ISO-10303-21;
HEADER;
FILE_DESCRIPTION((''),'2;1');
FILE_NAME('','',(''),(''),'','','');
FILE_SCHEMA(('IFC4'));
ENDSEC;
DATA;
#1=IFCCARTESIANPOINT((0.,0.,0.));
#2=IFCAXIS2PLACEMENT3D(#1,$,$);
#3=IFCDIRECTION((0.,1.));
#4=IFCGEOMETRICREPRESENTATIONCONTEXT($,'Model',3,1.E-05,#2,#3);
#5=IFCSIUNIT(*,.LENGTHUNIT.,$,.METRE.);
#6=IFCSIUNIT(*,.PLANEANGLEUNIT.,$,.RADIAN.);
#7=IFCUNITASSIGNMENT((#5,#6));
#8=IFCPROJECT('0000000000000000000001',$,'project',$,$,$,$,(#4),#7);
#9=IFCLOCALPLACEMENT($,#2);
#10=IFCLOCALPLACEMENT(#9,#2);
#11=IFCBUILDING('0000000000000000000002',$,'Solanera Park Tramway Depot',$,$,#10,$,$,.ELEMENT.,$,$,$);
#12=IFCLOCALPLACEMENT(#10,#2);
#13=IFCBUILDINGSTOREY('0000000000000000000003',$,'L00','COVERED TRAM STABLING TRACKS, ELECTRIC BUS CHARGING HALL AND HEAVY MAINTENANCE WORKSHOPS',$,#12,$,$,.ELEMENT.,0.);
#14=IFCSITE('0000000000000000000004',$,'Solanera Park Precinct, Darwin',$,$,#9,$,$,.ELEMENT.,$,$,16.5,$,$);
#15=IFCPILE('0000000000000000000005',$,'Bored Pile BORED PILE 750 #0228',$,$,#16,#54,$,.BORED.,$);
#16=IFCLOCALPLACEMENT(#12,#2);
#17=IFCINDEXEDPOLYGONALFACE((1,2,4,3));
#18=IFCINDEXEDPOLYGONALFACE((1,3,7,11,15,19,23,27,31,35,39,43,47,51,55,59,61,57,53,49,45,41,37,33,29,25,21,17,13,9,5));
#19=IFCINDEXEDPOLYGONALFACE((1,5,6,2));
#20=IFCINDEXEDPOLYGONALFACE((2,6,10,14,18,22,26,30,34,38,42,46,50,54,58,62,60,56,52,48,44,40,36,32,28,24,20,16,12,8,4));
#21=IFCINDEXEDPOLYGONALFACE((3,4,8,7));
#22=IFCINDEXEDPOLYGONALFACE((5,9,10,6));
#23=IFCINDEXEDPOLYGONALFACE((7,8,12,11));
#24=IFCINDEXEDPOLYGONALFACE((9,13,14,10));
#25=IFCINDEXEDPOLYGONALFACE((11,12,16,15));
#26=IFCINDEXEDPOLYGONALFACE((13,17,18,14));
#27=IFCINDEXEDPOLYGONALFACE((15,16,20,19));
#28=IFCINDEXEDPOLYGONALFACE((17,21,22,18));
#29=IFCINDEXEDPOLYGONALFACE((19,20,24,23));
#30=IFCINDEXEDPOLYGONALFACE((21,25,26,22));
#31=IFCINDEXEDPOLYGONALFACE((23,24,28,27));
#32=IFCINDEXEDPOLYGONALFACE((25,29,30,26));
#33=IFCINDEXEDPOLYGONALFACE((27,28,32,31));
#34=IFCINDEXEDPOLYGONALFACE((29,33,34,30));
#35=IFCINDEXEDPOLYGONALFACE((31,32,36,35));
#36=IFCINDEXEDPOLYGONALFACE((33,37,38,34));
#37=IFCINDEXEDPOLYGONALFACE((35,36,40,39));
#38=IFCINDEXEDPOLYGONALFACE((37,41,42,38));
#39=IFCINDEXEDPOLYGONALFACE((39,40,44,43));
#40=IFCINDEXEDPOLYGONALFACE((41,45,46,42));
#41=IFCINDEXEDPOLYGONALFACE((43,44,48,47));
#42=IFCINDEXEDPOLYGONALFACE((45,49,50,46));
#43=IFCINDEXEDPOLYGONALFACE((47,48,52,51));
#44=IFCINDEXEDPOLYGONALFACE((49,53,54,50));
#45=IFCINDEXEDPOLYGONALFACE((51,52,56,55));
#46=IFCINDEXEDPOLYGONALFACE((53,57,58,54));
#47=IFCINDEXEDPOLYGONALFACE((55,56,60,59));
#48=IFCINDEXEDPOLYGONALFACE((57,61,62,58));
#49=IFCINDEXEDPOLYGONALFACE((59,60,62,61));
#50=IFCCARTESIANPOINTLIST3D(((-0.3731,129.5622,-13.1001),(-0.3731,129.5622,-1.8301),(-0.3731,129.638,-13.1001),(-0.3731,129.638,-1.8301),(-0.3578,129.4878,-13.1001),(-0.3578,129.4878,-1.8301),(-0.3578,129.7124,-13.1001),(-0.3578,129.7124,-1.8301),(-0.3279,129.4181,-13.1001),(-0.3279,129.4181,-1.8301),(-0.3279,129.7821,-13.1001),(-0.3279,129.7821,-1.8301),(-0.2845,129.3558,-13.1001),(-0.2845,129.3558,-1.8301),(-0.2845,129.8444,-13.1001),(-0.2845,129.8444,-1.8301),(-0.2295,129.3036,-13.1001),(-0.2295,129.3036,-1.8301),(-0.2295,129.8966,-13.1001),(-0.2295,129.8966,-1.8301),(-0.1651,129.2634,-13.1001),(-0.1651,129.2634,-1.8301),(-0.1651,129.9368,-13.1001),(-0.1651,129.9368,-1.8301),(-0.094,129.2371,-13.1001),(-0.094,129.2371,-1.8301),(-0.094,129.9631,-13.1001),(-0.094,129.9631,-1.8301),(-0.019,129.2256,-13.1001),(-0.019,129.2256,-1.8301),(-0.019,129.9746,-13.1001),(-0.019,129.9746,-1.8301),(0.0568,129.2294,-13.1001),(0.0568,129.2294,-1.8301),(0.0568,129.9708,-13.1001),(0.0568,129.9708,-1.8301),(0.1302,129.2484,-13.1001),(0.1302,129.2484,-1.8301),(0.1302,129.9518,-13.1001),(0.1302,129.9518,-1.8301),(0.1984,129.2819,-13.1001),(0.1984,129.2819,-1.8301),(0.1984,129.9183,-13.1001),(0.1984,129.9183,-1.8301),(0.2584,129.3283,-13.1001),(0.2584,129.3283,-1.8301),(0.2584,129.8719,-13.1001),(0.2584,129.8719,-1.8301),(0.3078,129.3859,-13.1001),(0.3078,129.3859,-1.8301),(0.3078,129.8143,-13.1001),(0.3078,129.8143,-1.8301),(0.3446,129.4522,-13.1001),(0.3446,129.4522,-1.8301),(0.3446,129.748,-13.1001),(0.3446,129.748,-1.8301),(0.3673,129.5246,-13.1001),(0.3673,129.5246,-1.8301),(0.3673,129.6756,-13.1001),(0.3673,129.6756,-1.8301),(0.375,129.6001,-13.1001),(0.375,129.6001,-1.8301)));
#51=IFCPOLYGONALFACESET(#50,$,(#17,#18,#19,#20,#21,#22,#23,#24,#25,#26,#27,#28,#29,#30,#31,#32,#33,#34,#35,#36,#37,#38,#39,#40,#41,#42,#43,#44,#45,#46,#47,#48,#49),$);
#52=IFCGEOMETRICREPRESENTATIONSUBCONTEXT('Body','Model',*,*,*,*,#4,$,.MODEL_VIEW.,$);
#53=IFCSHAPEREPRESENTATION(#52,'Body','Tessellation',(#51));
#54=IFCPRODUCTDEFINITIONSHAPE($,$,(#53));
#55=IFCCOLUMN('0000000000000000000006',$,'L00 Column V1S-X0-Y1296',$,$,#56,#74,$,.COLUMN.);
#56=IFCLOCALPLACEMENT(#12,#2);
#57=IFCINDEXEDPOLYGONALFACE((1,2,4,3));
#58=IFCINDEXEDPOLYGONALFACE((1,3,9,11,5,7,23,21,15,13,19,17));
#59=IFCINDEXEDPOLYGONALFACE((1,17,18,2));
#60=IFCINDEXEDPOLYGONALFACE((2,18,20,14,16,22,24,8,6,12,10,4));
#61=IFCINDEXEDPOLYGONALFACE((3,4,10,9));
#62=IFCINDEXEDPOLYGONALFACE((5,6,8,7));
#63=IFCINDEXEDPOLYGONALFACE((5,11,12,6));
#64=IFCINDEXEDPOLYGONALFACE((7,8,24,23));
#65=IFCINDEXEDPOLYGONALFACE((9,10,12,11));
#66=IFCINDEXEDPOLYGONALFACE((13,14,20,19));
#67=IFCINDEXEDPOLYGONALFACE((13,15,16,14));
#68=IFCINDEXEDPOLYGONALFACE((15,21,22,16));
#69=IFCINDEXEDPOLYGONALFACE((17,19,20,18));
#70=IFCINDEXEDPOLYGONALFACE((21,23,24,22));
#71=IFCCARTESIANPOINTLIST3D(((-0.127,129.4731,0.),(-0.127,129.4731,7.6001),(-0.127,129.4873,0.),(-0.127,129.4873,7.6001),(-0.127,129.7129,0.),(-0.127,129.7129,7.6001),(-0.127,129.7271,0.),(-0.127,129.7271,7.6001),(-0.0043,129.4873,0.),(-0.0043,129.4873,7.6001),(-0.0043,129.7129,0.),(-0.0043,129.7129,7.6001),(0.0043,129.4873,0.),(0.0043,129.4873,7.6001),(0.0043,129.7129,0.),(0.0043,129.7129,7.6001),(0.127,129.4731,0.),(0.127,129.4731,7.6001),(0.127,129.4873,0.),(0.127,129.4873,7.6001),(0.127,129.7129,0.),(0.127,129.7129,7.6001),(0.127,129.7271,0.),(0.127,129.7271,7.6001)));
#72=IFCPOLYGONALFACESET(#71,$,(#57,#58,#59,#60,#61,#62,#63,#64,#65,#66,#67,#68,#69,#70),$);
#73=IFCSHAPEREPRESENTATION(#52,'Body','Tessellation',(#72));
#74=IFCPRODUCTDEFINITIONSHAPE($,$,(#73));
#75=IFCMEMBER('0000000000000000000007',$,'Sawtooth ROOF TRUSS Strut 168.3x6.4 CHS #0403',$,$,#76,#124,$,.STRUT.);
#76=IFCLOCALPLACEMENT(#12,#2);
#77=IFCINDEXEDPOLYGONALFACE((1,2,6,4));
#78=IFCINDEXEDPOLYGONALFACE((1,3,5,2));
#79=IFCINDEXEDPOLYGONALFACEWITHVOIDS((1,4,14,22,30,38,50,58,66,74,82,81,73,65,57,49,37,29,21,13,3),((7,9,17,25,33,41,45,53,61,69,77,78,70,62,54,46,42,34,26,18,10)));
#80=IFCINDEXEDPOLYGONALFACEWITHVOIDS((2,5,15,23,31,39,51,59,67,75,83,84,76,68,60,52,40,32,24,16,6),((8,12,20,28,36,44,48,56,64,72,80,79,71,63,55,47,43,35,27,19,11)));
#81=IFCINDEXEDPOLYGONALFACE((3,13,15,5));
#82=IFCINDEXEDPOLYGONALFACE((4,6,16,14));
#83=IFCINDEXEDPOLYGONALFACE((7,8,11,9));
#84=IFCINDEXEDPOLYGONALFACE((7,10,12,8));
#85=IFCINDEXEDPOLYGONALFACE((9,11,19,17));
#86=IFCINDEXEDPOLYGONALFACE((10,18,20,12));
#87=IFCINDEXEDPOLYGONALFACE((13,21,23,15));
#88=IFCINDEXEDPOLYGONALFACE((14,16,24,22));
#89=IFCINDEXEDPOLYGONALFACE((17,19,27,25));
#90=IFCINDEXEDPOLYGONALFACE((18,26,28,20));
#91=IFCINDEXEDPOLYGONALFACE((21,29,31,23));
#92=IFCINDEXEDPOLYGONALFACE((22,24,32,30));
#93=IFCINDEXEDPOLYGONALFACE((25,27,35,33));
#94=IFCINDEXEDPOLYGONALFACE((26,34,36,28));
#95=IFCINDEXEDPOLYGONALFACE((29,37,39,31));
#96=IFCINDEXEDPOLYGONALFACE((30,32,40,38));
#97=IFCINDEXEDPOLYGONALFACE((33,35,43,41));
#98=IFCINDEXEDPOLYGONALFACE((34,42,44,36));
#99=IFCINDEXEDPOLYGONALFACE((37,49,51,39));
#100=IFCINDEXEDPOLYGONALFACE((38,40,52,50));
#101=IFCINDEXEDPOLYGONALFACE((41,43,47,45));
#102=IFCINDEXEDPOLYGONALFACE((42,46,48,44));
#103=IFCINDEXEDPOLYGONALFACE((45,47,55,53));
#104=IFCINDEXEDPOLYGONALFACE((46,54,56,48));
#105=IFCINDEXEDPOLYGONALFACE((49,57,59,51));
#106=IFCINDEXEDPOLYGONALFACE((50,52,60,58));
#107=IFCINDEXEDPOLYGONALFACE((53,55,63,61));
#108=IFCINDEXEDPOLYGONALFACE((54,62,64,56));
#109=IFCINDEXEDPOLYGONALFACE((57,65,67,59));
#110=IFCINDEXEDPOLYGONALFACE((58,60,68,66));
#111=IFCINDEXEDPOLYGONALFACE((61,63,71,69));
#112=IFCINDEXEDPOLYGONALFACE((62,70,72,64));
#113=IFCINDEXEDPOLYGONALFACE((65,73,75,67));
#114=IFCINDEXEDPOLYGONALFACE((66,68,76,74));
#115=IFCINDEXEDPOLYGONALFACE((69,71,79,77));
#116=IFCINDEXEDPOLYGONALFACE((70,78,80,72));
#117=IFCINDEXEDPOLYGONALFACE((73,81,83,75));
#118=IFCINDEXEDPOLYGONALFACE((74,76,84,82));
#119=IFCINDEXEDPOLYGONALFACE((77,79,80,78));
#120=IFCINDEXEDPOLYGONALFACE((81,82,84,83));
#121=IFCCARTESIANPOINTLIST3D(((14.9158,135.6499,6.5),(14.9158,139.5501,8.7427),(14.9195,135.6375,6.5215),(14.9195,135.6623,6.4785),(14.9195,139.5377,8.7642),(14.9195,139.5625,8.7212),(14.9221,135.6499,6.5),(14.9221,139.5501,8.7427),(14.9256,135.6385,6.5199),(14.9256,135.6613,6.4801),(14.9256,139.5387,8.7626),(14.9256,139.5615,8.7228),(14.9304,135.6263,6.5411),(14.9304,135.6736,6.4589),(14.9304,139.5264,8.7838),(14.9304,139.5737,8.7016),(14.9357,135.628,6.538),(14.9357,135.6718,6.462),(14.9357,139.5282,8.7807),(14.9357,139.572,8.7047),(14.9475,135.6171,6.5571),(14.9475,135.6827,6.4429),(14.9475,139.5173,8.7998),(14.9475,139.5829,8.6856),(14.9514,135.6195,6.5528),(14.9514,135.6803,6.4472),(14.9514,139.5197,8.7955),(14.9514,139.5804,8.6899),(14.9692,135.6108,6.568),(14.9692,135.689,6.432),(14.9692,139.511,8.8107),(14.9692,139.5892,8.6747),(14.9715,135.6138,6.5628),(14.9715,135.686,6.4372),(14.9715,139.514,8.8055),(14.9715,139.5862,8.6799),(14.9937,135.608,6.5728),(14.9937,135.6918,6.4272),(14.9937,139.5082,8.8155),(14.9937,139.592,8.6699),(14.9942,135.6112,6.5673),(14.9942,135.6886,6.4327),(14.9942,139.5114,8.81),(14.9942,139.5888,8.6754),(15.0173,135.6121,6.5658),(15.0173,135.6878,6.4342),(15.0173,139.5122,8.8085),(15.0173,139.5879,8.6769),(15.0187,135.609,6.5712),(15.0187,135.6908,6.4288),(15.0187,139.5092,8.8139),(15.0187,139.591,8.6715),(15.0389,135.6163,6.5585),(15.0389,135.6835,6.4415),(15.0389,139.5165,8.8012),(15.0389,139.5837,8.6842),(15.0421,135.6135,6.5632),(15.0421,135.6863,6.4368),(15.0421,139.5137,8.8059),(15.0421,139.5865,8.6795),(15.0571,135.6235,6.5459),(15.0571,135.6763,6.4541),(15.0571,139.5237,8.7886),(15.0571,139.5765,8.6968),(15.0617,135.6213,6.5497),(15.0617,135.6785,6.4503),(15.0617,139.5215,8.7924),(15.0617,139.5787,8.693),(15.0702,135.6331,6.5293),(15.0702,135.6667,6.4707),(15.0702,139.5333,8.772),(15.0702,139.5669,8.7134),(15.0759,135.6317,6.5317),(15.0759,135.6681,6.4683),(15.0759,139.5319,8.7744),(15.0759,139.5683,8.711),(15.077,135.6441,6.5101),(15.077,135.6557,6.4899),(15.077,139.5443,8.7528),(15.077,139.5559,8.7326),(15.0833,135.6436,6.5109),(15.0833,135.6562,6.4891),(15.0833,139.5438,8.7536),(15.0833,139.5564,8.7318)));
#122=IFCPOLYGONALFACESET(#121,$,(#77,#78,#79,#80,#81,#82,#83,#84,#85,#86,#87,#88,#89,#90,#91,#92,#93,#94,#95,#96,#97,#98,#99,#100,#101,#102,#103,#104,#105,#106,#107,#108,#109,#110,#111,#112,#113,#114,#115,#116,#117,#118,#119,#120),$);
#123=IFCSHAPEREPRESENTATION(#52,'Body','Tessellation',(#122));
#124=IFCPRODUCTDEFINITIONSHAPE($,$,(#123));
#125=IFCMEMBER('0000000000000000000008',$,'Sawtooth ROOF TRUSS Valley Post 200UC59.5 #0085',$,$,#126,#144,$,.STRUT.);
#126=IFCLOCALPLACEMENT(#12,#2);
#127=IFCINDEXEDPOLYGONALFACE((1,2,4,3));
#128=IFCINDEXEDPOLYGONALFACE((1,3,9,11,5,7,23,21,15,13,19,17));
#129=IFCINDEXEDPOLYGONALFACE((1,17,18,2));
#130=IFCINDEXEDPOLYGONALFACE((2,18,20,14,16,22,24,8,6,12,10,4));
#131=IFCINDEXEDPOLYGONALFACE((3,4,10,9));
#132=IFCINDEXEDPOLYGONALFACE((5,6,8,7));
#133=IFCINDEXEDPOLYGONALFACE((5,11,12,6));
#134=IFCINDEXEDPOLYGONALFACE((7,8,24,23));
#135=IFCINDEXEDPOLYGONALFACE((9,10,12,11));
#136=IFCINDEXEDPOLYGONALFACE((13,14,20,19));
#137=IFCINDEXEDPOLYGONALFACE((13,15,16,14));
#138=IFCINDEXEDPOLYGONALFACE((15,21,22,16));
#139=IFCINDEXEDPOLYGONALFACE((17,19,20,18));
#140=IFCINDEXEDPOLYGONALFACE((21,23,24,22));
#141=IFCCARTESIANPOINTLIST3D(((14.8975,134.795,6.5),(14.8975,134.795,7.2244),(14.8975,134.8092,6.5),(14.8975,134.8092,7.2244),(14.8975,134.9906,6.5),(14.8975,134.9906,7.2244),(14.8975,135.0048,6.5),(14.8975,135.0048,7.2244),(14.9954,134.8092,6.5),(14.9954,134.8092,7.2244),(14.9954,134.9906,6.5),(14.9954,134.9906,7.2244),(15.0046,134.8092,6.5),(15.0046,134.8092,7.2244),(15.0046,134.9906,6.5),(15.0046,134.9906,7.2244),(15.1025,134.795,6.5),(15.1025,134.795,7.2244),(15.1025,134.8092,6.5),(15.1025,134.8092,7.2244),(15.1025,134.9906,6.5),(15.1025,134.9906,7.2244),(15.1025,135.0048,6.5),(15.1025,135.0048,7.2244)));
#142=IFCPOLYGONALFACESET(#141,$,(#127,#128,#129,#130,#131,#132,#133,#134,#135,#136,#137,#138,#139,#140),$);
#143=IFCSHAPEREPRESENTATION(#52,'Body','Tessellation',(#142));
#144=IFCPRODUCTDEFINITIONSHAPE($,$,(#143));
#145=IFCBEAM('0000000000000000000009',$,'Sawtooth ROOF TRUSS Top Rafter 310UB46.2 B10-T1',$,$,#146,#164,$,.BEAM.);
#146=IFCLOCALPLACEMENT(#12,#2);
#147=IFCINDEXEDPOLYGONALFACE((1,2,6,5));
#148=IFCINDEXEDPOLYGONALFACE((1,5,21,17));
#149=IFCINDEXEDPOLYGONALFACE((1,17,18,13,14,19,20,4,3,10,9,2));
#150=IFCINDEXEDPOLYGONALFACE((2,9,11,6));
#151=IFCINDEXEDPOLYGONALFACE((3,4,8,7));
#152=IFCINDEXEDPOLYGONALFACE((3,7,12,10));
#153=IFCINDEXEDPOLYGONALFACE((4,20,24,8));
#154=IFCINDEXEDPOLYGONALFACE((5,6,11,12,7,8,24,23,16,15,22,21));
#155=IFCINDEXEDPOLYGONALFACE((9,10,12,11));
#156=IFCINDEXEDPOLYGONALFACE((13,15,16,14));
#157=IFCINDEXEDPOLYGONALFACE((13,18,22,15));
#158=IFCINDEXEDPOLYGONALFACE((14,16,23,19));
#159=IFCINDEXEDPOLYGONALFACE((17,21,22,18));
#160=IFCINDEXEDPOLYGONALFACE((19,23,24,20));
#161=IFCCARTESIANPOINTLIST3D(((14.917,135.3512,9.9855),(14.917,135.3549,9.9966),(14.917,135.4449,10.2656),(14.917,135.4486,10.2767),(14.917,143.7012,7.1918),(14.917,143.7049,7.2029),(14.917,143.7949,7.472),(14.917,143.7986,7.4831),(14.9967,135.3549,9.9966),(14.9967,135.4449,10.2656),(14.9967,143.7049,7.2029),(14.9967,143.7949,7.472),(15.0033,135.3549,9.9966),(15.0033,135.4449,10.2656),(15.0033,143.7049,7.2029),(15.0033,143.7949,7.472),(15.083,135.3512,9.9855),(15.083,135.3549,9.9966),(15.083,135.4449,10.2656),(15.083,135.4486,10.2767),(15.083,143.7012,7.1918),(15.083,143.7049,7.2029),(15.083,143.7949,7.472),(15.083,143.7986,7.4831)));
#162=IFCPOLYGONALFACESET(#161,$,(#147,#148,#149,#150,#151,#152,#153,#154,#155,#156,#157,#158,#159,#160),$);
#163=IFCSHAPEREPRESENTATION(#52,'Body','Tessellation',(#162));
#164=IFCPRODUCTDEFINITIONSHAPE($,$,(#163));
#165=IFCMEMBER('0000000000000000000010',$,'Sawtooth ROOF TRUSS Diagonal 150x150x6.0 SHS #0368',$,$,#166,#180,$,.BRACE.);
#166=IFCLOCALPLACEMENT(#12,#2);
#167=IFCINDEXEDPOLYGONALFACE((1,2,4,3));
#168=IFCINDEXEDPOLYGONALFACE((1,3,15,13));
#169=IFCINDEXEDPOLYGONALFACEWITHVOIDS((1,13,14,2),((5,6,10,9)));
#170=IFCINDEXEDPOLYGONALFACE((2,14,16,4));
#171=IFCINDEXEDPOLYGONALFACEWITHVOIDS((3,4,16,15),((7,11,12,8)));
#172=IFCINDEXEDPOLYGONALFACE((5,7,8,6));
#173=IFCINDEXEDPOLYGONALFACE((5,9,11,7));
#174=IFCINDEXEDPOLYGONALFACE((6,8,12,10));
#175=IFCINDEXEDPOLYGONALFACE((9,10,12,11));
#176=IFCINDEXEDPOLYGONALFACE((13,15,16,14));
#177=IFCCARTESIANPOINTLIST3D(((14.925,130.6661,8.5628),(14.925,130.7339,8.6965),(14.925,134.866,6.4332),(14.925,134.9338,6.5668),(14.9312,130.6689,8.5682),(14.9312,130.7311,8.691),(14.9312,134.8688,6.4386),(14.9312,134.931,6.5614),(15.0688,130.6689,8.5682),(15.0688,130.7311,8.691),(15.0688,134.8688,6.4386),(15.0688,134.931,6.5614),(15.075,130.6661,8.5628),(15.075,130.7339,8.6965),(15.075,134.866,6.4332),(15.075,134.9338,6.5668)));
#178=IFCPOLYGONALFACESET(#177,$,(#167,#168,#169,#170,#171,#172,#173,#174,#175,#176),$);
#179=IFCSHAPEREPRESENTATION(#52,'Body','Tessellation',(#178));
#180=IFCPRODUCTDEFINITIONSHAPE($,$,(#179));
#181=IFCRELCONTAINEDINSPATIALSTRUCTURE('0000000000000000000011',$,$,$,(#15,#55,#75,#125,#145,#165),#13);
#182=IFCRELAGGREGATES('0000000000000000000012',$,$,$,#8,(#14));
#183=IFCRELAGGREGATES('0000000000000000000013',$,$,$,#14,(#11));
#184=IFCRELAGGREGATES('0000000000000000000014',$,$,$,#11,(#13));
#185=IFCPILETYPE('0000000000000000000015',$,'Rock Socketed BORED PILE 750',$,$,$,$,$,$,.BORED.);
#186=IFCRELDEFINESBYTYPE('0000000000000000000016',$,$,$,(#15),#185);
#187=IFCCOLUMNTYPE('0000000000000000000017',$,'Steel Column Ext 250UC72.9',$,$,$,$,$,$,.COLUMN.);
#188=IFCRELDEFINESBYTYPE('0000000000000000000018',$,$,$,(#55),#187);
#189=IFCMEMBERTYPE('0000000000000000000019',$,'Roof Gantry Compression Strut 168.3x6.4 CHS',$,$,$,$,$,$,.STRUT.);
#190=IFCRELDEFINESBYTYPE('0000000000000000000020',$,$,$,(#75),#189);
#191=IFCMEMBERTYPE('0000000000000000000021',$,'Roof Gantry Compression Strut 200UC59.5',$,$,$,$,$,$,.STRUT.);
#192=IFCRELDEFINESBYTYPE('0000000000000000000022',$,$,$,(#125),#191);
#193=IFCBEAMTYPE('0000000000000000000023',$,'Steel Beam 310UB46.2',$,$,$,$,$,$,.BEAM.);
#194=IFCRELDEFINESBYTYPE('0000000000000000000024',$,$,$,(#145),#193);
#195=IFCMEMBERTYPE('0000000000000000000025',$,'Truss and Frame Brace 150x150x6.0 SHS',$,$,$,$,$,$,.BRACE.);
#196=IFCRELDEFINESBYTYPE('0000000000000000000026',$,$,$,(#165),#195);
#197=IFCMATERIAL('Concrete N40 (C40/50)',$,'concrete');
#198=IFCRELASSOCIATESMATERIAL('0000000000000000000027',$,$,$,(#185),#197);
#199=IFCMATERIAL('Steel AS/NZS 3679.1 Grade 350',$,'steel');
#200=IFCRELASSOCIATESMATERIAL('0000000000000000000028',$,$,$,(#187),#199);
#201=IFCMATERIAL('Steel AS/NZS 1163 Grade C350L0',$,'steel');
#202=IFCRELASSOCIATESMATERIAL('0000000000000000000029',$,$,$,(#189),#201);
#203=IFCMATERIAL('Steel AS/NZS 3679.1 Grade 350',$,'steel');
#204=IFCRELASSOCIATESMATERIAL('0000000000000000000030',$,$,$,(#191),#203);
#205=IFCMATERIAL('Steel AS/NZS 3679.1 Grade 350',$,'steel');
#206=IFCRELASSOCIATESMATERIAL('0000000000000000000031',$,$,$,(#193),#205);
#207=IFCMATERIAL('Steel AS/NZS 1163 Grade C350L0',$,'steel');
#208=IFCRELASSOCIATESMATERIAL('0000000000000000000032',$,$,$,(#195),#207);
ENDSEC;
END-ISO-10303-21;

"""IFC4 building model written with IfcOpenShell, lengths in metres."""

from ifc_helpers import new_model, si_unit, direction, frame, origin, origin_2d, place, context, subcontext, project, spatial, hollow_rectangle, circle, hollow_circle, i_section, extrude, material, material_profile, profile_set, type_object, element, save


model = new_model("IFC4")

# Units and contexts
model_context = context("Model", 3, precision=1e-05, world=origin(), true_north=direction((0.0, 1.0)))
body_context = subcontext(model_context, "Body", "Model", "MODEL_VIEW")
ifc_project = project(units=[si_unit("LENGTHUNIT", "METRE"), si_unit("PLANEANGLEUNIT", "RADIAN")], contexts=[model_context])

# Site, building, storey
site_placement = place(None, origin())
site = spatial("IfcSite", under=ifc_project, at=site_placement, Name="Solanera Park Precinct, Darwin", CompositionType="ELEMENT", RefElevation=16.5)
building_placement = place(site_placement, origin())
building = spatial("IfcBuilding", under=site, at=building_placement, Name="Solanera Park Tramway Depot", CompositionType="ELEMENT")
storey_placement = place(building_placement, origin())
storey = spatial("IfcBuildingStorey", under=building, at=storey_placement, Name="L00", Description="COVERED TRAM STABLING TRACKS, ELECTRIC BUS CHARGING HALL AND HEAVY MAINTENANCE WORKSHOPS", CompositionType="ELEMENT", Elevation=0.0)

# Pile
ifc_material_1 = material(Name="Concrete N40 (C40/50)", Category="concrete")
ifc_material_profile_1 = material_profile(ifc_material_1, circle(Radius=0.375, at=origin_2d()), Name="BORED PILE 750")
ifc_profile_set_1 = profile_set([ifc_material_profile_1], Name="Concrete N40 (C40/50)")
pile_type = type_object("IfcPileType", Name="Rock Socketed BORED PILE 750", PredefinedType="BORED", material=ifc_profile_set_1)
pile_placement = place(storey_placement, frame((0.0, 129.6001, -1.8301), z_axis=(0.0, 0.0, -1.0), x_axis=(1.0, 0.0, 0.0)))
element("IfcPile", 1, at=pile_placement, inside=storey, type_object=pile_type, Name="Bored Pile BORED PILE 750 #0228", PredefinedType="BORED", context=body_context, shape_type="SweptSolid", body=[
    extrude(circle(Radius=0.375, at=origin_2d()), origin(), (0.0, 0.0, 1.0), 11.27),
])

# Column
ifc_material_2 = material(Name="Steel AS/NZS 3679.1 Grade 350", Category="steel")
ifc_material_profile_2 = material_profile(ifc_material_2, i_section(OverallWidth=0.2539, OverallDepth=0.2539, WebThickness=0.0085, FlangeThickness=0.0142, at=origin_2d()), Name="250UC72.9")
ifc_profile_set_2 = profile_set([ifc_material_profile_2], Name="Steel AS/NZS 3679.1 Grade 350")
column_type = type_object("IfcColumnType", Name="Steel Column Ext 250UC72.9", PredefinedType="COLUMN", material=ifc_profile_set_2)
column_placement = place(storey_placement, frame((0.0, 129.6001, 0.0), z_axis=(0.0, 0.0, 1.0), x_axis=(1.0, 0.0, 0.0)))
element("IfcColumn", 2, at=column_placement, inside=storey, type_object=column_type, Name="L00 Column V1S-X0-Y1296", PredefinedType="COLUMN", context=body_context, shape_type="SweptSolid", body=[
    extrude(i_section(OverallWidth=0.2539, OverallDepth=0.2539, WebThickness=0.0085, FlangeThickness=0.0142, at=origin_2d()), origin(), (0.0, 0.0, 1.0), 7.6001),
])

# Members
ifc_material_3 = material(Name="Steel AS/NZS 1163 Grade C350L0", Category="steel")
ifc_material_profile_3 = material_profile(ifc_material_3, hollow_circle(Radius=0.0842, WallThickness=0.0063, at=origin_2d()), Name="168.3x6.4 CHS")
ifc_profile_set_3 = profile_set([ifc_material_profile_3], Name="Steel AS/NZS 1163 Grade C350L0")
member_type_1 = type_object("IfcMemberType", Name="Roof Gantry Compression Strut 168.3x6.4 CHS", PredefinedType="STRUT", material=ifc_profile_set_3)
member_1_placement = place(storey_placement, frame((15.0, 135.6499, 6.5), z_axis=(0.0, 0.866898, 0.498486), x_axis=(-1.0, 0.0, 0.0)))
element("IfcMember", 3, at=member_1_placement, inside=storey, type_object=member_type_1, Name="Sawtooth ROOF TRUSS Strut 168.3x6.4 CHS #0403", PredefinedType="STRUT", context=body_context, shape_type="SweptSolid", body=[
    extrude(hollow_circle(Radius=0.0842, WallThickness=0.0063, at=origin_2d()), origin(), (0.0, 0.0, 1.0), 4.499),
])
ifc_material_4 = material(Name="Steel AS/NZS 3679.1 Grade 350", Category="steel")
ifc_material_profile_4 = material_profile(ifc_material_4, i_section(OverallWidth=0.2051, OverallDepth=0.2097, WebThickness=0.0093, FlangeThickness=0.0142, at=origin_2d()), Name="200UC59.5")
ifc_profile_set_4 = profile_set([ifc_material_profile_4], Name="Steel AS/NZS 3679.1 Grade 350")
member_type_2 = type_object("IfcMemberType", Name="Roof Gantry Compression Strut 200UC59.5", PredefinedType="STRUT", material=ifc_profile_set_4)
member_2_placement = place(storey_placement, frame((15.0, 134.8999, 6.5), z_axis=(0.0, 0.0, 1.0), x_axis=(1.0, 0.0, 0.0)))
element("IfcMember", 4, at=member_2_placement, inside=storey, type_object=member_type_2, Name="Sawtooth ROOF TRUSS Valley Post 200UC59.5 #0085", PredefinedType="STRUT", context=body_context, shape_type="SweptSolid", body=[
    extrude(i_section(OverallWidth=0.2051, OverallDepth=0.2097, WebThickness=0.0093, FlangeThickness=0.0142, at=origin_2d()), origin(), (0.0, 0.0, 1.0), 0.7244),
])

# Beam
ifc_material_5 = material(Name="Steel AS/NZS 3679.1 Grade 350", Category="steel")
ifc_material_profile_5 = material_profile(ifc_material_5, i_section(OverallWidth=0.166, OverallDepth=0.3071, WebThickness=0.0066, FlangeThickness=0.0117, at=origin_2d()), Name="310UB46.2")
ifc_profile_set_5 = profile_set([ifc_material_profile_5], Name="Steel AS/NZS 3679.1 Grade 350")
beam_type = type_object("IfcBeamType", Name="Steel Beam 310UB46.2", PredefinedType="BEAM", material=ifc_profile_set_5)
beam_placement = place(storey_placement, frame((15.0, 135.3999, 10.1311), z_axis=(0.0, 0.948331, -0.317284), x_axis=(-1.0, 0.0, 0.0)))
element("IfcBeam", 5, at=beam_placement, inside=storey, type_object=beam_type, Name="Sawtooth ROOF TRUSS Top Rafter 310UB46.2 B10-T1", PredefinedType="BEAM", context=body_context, shape_type="SweptSolid", body=[
    extrude(i_section(OverallWidth=0.166, OverallDepth=0.3071, WebThickness=0.0066, FlangeThickness=0.0117, at=origin_2d()), origin(), (0.0, 0.0, 1.0), 8.8049),
])

# Member
ifc_material_6 = material(Name="Steel AS/NZS 1163 Grade C350L0", Category="steel")
ifc_material_profile_6 = material_profile(ifc_material_6, hollow_rectangle(XDim=0.1499, YDim=0.1499, WallThickness=0.0061, at=origin_2d()), Name="150x150x6.0 SHS")
ifc_profile_set_6 = profile_set([ifc_material_profile_6], Name="Steel AS/NZS 1163 Grade C350L0")
member_type_3 = type_object("IfcMemberType", Name="Truss and Frame Brace 150x150x6.0 SHS", PredefinedType="BRACE", material=ifc_profile_set_6)
member_3_placement = place(storey_placement, frame((15.0, 134.8999, 6.5), z_axis=(0.0, -0.891893, 0.452246), x_axis=(1.0, 0.0, 0.0)))
element("IfcMember", 6, at=member_3_placement, inside=storey, type_object=member_type_3, Name="Sawtooth ROOF TRUSS Diagonal 150x150x6.0 SHS #0368", PredefinedType="BRACE", context=body_context, shape_type="SweptSolid", body=[
    extrude(hollow_rectangle(XDim=0.1499, YDim=0.1499, WallThickness=0.0061, at=origin_2d()), origin(), (0.0, 0.0, 1.0), 4.709),
])

save(model, "model.ifc")
